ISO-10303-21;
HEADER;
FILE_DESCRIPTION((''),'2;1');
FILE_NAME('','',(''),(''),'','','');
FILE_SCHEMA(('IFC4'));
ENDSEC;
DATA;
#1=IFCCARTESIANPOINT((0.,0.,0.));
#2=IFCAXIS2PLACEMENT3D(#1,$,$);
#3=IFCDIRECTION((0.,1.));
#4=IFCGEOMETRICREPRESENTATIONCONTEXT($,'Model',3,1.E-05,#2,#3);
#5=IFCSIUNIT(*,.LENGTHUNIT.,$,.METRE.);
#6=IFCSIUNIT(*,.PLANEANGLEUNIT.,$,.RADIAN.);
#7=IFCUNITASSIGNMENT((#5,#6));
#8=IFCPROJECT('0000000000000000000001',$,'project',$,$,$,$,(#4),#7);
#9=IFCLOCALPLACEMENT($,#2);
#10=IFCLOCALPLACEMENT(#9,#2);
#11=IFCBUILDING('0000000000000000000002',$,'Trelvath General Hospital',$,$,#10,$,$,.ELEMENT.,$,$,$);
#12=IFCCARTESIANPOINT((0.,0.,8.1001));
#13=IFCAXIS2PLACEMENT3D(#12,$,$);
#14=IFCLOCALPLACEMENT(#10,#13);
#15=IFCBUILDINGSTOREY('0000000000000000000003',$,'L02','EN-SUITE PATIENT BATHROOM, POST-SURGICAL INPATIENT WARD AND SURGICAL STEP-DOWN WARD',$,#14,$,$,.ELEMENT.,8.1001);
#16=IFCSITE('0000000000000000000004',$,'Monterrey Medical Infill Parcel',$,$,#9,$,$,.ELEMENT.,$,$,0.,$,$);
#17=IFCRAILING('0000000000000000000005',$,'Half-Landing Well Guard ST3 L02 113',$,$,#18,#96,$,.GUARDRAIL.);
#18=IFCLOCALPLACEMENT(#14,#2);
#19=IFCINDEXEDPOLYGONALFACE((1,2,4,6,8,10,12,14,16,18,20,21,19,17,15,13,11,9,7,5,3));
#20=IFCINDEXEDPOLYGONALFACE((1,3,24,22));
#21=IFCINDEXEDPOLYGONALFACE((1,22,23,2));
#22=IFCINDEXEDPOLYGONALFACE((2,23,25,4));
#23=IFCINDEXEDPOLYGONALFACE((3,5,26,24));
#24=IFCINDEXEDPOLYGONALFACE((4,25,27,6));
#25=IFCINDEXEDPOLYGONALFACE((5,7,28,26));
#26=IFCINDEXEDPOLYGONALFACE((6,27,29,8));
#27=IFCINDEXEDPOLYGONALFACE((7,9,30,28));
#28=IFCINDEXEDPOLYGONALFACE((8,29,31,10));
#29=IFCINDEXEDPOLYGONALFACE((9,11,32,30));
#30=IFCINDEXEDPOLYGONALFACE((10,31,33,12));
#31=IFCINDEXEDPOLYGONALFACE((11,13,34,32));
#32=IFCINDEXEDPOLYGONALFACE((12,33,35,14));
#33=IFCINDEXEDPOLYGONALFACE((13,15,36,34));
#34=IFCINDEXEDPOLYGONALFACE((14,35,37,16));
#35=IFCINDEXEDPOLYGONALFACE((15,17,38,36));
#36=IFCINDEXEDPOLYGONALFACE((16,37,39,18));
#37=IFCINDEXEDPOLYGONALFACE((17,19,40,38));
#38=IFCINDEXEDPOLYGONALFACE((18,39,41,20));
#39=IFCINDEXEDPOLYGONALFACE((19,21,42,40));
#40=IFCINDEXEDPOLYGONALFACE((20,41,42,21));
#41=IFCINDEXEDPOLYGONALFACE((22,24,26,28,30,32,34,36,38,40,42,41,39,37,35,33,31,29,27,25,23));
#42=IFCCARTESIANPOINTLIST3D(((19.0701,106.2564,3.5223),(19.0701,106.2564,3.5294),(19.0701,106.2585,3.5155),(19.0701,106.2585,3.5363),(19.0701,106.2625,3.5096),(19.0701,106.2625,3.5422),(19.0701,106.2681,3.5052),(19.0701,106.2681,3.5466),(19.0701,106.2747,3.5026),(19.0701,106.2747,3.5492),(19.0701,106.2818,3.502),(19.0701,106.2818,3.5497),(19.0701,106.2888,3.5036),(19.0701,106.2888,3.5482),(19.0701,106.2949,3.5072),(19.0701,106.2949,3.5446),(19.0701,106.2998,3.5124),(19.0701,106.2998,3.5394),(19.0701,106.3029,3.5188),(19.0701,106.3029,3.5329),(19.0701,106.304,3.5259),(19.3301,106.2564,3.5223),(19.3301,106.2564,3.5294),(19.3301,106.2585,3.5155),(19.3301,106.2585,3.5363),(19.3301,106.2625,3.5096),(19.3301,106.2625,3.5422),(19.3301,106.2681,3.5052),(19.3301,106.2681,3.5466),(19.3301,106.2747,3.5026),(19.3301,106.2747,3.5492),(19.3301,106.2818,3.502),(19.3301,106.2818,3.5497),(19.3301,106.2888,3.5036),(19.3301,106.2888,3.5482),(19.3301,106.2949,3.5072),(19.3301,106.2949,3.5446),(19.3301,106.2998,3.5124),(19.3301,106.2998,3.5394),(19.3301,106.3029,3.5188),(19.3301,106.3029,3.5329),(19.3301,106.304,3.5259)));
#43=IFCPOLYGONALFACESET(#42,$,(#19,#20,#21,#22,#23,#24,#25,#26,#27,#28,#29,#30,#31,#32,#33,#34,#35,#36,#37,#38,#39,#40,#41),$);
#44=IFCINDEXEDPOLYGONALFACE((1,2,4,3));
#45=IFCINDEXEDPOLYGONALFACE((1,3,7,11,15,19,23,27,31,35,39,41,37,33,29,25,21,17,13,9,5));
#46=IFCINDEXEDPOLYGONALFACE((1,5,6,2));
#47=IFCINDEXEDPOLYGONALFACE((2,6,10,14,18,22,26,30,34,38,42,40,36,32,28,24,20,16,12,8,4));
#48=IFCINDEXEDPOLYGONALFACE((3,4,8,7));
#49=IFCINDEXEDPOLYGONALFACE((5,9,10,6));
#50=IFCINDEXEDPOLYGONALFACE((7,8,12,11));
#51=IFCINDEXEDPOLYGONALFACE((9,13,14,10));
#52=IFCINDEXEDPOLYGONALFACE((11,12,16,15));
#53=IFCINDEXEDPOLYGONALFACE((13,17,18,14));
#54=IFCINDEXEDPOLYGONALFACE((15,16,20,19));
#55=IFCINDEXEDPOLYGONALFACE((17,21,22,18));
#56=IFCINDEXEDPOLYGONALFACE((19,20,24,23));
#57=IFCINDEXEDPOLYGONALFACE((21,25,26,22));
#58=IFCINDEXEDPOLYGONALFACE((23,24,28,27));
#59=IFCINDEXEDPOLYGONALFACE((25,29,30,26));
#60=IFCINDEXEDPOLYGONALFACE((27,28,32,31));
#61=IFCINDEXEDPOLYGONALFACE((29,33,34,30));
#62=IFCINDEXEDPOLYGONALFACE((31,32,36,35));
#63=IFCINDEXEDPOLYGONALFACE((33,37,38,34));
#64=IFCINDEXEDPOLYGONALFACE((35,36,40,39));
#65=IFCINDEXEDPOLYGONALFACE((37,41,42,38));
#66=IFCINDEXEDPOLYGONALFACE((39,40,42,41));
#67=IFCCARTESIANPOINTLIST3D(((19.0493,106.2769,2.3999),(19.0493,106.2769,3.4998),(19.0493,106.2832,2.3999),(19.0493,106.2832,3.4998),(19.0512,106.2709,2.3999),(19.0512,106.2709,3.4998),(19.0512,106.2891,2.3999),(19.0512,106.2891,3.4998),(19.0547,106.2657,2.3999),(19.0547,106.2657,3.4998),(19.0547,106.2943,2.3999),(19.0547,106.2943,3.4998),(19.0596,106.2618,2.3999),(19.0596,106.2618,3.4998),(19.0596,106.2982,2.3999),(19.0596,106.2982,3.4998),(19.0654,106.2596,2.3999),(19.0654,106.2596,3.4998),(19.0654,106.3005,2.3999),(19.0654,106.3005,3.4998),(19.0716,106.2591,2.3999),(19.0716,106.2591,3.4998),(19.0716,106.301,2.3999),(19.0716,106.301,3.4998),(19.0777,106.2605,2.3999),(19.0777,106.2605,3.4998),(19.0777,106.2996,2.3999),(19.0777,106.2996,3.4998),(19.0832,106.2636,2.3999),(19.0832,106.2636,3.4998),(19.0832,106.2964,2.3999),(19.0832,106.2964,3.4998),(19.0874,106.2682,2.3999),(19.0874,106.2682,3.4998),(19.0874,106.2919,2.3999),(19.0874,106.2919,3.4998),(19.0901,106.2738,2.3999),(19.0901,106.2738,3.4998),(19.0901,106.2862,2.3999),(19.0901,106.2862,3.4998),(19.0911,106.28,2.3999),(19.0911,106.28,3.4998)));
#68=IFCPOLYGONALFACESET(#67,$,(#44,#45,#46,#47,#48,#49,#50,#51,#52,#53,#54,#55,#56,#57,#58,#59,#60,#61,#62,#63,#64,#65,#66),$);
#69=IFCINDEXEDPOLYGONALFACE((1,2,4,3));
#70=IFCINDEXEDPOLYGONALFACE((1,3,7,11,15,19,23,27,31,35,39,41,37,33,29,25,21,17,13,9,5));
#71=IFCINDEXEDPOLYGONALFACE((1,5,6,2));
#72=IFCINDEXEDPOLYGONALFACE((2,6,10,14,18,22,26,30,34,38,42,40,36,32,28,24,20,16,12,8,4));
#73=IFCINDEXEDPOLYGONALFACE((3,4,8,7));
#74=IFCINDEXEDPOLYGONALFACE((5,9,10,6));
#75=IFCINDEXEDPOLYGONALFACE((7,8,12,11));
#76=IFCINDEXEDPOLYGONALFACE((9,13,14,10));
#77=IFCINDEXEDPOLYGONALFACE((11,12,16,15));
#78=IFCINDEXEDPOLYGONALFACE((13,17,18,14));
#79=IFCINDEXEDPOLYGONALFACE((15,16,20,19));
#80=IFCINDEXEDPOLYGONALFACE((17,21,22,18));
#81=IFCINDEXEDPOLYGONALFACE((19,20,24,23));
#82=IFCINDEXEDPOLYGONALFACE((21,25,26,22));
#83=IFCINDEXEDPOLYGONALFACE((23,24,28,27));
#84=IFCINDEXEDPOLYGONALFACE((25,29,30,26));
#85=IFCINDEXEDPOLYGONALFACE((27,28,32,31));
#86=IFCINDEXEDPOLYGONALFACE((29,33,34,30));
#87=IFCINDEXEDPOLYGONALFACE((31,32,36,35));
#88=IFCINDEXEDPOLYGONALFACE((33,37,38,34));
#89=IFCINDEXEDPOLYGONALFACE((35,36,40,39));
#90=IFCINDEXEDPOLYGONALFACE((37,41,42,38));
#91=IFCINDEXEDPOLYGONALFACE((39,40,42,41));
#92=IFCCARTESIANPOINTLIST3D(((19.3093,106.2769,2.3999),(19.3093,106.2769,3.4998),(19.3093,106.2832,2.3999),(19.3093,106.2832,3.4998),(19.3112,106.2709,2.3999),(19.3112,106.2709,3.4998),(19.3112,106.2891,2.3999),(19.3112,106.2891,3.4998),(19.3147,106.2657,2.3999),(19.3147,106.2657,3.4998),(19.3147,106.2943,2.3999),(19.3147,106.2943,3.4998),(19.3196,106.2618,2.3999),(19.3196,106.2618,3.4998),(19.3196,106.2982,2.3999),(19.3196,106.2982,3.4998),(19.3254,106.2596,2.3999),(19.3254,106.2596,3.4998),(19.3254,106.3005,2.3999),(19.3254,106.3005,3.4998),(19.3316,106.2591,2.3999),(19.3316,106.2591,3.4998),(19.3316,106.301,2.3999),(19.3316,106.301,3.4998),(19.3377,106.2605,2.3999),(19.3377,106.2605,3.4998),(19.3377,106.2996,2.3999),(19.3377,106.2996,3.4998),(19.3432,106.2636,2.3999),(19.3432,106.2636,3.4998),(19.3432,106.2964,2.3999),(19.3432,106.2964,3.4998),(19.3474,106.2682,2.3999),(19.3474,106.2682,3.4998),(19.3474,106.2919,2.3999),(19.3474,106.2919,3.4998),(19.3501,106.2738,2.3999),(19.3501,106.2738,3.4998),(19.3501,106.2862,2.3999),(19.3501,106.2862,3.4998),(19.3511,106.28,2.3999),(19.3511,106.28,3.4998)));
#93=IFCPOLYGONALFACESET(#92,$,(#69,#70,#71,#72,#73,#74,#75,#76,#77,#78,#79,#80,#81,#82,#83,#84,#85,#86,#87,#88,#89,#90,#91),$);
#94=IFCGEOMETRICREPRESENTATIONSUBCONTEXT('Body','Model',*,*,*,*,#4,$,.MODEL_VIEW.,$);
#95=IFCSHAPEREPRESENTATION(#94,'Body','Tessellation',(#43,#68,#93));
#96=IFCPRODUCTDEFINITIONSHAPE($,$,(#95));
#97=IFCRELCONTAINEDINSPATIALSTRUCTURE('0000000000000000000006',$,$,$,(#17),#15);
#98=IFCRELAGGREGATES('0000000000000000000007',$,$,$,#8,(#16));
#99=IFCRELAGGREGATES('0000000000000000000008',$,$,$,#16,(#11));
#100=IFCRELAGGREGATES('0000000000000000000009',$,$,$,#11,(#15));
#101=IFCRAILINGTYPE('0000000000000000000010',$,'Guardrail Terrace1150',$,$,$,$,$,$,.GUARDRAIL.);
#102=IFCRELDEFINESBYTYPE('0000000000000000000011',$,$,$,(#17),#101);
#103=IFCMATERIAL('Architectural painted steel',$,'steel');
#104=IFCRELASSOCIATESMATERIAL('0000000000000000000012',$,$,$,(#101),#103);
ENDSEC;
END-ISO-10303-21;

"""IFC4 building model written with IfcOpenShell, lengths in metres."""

from ifc_helpers import new_model, si_unit, direction, frame, origin, origin_2d, place, context, subcontext, project, spatial, circle, extrude, material, type_object, element, save


model = new_model("IFC4")

# Units and contexts
model_context = context("Model", 3, precision=1e-05, world=origin(), true_north=direction((0.0, 1.0)))
body_context = subcontext(model_context, "Body", "Model", "MODEL_VIEW")
ifc_project = project(units=[si_unit("LENGTHUNIT", "METRE"), si_unit("PLANEANGLEUNIT", "RADIAN")], contexts=[model_context])

# Site, building, storey
site_placement = place(None, origin())
site = spatial("IfcSite", under=ifc_project, at=site_placement, Name="Monterrey Medical Infill Parcel", CompositionType="ELEMENT", RefElevation=0.0)
building_placement = place(site_placement, origin())
building = spatial("IfcBuilding", under=site, at=building_placement, Name="Trelvath General Hospital", CompositionType="ELEMENT")
storey_placement = place(building_placement, frame((0.0, 0.0, 8.1001)))
storey = spatial("IfcBuildingStorey", under=building, at=storey_placement, Name="L02", Description="EN-SUITE PATIENT BATHROOM, POST-SURGICAL INPATIENT WARD AND SURGICAL STEP-DOWN WARD", CompositionType="ELEMENT", Elevation=8.1001)

# Railing
ifc_material_1 = material(Name="Architectural painted steel", Category="steel")
railing_type_1 = type_object("IfcRailingType", Name="Guardrail Terrace1150", PredefinedType="GUARDRAIL", material=ifc_material_1)
railing_1_placement = place(storey_placement, frame((19.0701, 106.28, 2.3999)))
element("IfcRailing", 1, at=railing_1_placement, inside=storey, type_object=railing_type_1, Name="Half-Landing Well Guard ST3 L02 113", PredefinedType="GUARDRAIL", context=body_context, shape_type="SweptSolid", body=[
    extrude(circle(Radius=0.0239, at=origin_2d()), frame((0.0, 0.0, 1.126), z_axis=(1.0, 0.0, 0.0), x_axis=(0.0, 1.0, 0.0)), (0.0, 0.0, 1.0), 0.26),
    extrude(circle(Radius=0.021, at=origin_2d()), origin(), (0.0, 0.0, 1.0), 1.0999),
    extrude(circle(Radius=0.021, at=origin_2d()), frame((0.26, 0.0, 0.0)), (0.0, 0.0, 1.0), 1.0999),
])

save(model, "model.ifc")
